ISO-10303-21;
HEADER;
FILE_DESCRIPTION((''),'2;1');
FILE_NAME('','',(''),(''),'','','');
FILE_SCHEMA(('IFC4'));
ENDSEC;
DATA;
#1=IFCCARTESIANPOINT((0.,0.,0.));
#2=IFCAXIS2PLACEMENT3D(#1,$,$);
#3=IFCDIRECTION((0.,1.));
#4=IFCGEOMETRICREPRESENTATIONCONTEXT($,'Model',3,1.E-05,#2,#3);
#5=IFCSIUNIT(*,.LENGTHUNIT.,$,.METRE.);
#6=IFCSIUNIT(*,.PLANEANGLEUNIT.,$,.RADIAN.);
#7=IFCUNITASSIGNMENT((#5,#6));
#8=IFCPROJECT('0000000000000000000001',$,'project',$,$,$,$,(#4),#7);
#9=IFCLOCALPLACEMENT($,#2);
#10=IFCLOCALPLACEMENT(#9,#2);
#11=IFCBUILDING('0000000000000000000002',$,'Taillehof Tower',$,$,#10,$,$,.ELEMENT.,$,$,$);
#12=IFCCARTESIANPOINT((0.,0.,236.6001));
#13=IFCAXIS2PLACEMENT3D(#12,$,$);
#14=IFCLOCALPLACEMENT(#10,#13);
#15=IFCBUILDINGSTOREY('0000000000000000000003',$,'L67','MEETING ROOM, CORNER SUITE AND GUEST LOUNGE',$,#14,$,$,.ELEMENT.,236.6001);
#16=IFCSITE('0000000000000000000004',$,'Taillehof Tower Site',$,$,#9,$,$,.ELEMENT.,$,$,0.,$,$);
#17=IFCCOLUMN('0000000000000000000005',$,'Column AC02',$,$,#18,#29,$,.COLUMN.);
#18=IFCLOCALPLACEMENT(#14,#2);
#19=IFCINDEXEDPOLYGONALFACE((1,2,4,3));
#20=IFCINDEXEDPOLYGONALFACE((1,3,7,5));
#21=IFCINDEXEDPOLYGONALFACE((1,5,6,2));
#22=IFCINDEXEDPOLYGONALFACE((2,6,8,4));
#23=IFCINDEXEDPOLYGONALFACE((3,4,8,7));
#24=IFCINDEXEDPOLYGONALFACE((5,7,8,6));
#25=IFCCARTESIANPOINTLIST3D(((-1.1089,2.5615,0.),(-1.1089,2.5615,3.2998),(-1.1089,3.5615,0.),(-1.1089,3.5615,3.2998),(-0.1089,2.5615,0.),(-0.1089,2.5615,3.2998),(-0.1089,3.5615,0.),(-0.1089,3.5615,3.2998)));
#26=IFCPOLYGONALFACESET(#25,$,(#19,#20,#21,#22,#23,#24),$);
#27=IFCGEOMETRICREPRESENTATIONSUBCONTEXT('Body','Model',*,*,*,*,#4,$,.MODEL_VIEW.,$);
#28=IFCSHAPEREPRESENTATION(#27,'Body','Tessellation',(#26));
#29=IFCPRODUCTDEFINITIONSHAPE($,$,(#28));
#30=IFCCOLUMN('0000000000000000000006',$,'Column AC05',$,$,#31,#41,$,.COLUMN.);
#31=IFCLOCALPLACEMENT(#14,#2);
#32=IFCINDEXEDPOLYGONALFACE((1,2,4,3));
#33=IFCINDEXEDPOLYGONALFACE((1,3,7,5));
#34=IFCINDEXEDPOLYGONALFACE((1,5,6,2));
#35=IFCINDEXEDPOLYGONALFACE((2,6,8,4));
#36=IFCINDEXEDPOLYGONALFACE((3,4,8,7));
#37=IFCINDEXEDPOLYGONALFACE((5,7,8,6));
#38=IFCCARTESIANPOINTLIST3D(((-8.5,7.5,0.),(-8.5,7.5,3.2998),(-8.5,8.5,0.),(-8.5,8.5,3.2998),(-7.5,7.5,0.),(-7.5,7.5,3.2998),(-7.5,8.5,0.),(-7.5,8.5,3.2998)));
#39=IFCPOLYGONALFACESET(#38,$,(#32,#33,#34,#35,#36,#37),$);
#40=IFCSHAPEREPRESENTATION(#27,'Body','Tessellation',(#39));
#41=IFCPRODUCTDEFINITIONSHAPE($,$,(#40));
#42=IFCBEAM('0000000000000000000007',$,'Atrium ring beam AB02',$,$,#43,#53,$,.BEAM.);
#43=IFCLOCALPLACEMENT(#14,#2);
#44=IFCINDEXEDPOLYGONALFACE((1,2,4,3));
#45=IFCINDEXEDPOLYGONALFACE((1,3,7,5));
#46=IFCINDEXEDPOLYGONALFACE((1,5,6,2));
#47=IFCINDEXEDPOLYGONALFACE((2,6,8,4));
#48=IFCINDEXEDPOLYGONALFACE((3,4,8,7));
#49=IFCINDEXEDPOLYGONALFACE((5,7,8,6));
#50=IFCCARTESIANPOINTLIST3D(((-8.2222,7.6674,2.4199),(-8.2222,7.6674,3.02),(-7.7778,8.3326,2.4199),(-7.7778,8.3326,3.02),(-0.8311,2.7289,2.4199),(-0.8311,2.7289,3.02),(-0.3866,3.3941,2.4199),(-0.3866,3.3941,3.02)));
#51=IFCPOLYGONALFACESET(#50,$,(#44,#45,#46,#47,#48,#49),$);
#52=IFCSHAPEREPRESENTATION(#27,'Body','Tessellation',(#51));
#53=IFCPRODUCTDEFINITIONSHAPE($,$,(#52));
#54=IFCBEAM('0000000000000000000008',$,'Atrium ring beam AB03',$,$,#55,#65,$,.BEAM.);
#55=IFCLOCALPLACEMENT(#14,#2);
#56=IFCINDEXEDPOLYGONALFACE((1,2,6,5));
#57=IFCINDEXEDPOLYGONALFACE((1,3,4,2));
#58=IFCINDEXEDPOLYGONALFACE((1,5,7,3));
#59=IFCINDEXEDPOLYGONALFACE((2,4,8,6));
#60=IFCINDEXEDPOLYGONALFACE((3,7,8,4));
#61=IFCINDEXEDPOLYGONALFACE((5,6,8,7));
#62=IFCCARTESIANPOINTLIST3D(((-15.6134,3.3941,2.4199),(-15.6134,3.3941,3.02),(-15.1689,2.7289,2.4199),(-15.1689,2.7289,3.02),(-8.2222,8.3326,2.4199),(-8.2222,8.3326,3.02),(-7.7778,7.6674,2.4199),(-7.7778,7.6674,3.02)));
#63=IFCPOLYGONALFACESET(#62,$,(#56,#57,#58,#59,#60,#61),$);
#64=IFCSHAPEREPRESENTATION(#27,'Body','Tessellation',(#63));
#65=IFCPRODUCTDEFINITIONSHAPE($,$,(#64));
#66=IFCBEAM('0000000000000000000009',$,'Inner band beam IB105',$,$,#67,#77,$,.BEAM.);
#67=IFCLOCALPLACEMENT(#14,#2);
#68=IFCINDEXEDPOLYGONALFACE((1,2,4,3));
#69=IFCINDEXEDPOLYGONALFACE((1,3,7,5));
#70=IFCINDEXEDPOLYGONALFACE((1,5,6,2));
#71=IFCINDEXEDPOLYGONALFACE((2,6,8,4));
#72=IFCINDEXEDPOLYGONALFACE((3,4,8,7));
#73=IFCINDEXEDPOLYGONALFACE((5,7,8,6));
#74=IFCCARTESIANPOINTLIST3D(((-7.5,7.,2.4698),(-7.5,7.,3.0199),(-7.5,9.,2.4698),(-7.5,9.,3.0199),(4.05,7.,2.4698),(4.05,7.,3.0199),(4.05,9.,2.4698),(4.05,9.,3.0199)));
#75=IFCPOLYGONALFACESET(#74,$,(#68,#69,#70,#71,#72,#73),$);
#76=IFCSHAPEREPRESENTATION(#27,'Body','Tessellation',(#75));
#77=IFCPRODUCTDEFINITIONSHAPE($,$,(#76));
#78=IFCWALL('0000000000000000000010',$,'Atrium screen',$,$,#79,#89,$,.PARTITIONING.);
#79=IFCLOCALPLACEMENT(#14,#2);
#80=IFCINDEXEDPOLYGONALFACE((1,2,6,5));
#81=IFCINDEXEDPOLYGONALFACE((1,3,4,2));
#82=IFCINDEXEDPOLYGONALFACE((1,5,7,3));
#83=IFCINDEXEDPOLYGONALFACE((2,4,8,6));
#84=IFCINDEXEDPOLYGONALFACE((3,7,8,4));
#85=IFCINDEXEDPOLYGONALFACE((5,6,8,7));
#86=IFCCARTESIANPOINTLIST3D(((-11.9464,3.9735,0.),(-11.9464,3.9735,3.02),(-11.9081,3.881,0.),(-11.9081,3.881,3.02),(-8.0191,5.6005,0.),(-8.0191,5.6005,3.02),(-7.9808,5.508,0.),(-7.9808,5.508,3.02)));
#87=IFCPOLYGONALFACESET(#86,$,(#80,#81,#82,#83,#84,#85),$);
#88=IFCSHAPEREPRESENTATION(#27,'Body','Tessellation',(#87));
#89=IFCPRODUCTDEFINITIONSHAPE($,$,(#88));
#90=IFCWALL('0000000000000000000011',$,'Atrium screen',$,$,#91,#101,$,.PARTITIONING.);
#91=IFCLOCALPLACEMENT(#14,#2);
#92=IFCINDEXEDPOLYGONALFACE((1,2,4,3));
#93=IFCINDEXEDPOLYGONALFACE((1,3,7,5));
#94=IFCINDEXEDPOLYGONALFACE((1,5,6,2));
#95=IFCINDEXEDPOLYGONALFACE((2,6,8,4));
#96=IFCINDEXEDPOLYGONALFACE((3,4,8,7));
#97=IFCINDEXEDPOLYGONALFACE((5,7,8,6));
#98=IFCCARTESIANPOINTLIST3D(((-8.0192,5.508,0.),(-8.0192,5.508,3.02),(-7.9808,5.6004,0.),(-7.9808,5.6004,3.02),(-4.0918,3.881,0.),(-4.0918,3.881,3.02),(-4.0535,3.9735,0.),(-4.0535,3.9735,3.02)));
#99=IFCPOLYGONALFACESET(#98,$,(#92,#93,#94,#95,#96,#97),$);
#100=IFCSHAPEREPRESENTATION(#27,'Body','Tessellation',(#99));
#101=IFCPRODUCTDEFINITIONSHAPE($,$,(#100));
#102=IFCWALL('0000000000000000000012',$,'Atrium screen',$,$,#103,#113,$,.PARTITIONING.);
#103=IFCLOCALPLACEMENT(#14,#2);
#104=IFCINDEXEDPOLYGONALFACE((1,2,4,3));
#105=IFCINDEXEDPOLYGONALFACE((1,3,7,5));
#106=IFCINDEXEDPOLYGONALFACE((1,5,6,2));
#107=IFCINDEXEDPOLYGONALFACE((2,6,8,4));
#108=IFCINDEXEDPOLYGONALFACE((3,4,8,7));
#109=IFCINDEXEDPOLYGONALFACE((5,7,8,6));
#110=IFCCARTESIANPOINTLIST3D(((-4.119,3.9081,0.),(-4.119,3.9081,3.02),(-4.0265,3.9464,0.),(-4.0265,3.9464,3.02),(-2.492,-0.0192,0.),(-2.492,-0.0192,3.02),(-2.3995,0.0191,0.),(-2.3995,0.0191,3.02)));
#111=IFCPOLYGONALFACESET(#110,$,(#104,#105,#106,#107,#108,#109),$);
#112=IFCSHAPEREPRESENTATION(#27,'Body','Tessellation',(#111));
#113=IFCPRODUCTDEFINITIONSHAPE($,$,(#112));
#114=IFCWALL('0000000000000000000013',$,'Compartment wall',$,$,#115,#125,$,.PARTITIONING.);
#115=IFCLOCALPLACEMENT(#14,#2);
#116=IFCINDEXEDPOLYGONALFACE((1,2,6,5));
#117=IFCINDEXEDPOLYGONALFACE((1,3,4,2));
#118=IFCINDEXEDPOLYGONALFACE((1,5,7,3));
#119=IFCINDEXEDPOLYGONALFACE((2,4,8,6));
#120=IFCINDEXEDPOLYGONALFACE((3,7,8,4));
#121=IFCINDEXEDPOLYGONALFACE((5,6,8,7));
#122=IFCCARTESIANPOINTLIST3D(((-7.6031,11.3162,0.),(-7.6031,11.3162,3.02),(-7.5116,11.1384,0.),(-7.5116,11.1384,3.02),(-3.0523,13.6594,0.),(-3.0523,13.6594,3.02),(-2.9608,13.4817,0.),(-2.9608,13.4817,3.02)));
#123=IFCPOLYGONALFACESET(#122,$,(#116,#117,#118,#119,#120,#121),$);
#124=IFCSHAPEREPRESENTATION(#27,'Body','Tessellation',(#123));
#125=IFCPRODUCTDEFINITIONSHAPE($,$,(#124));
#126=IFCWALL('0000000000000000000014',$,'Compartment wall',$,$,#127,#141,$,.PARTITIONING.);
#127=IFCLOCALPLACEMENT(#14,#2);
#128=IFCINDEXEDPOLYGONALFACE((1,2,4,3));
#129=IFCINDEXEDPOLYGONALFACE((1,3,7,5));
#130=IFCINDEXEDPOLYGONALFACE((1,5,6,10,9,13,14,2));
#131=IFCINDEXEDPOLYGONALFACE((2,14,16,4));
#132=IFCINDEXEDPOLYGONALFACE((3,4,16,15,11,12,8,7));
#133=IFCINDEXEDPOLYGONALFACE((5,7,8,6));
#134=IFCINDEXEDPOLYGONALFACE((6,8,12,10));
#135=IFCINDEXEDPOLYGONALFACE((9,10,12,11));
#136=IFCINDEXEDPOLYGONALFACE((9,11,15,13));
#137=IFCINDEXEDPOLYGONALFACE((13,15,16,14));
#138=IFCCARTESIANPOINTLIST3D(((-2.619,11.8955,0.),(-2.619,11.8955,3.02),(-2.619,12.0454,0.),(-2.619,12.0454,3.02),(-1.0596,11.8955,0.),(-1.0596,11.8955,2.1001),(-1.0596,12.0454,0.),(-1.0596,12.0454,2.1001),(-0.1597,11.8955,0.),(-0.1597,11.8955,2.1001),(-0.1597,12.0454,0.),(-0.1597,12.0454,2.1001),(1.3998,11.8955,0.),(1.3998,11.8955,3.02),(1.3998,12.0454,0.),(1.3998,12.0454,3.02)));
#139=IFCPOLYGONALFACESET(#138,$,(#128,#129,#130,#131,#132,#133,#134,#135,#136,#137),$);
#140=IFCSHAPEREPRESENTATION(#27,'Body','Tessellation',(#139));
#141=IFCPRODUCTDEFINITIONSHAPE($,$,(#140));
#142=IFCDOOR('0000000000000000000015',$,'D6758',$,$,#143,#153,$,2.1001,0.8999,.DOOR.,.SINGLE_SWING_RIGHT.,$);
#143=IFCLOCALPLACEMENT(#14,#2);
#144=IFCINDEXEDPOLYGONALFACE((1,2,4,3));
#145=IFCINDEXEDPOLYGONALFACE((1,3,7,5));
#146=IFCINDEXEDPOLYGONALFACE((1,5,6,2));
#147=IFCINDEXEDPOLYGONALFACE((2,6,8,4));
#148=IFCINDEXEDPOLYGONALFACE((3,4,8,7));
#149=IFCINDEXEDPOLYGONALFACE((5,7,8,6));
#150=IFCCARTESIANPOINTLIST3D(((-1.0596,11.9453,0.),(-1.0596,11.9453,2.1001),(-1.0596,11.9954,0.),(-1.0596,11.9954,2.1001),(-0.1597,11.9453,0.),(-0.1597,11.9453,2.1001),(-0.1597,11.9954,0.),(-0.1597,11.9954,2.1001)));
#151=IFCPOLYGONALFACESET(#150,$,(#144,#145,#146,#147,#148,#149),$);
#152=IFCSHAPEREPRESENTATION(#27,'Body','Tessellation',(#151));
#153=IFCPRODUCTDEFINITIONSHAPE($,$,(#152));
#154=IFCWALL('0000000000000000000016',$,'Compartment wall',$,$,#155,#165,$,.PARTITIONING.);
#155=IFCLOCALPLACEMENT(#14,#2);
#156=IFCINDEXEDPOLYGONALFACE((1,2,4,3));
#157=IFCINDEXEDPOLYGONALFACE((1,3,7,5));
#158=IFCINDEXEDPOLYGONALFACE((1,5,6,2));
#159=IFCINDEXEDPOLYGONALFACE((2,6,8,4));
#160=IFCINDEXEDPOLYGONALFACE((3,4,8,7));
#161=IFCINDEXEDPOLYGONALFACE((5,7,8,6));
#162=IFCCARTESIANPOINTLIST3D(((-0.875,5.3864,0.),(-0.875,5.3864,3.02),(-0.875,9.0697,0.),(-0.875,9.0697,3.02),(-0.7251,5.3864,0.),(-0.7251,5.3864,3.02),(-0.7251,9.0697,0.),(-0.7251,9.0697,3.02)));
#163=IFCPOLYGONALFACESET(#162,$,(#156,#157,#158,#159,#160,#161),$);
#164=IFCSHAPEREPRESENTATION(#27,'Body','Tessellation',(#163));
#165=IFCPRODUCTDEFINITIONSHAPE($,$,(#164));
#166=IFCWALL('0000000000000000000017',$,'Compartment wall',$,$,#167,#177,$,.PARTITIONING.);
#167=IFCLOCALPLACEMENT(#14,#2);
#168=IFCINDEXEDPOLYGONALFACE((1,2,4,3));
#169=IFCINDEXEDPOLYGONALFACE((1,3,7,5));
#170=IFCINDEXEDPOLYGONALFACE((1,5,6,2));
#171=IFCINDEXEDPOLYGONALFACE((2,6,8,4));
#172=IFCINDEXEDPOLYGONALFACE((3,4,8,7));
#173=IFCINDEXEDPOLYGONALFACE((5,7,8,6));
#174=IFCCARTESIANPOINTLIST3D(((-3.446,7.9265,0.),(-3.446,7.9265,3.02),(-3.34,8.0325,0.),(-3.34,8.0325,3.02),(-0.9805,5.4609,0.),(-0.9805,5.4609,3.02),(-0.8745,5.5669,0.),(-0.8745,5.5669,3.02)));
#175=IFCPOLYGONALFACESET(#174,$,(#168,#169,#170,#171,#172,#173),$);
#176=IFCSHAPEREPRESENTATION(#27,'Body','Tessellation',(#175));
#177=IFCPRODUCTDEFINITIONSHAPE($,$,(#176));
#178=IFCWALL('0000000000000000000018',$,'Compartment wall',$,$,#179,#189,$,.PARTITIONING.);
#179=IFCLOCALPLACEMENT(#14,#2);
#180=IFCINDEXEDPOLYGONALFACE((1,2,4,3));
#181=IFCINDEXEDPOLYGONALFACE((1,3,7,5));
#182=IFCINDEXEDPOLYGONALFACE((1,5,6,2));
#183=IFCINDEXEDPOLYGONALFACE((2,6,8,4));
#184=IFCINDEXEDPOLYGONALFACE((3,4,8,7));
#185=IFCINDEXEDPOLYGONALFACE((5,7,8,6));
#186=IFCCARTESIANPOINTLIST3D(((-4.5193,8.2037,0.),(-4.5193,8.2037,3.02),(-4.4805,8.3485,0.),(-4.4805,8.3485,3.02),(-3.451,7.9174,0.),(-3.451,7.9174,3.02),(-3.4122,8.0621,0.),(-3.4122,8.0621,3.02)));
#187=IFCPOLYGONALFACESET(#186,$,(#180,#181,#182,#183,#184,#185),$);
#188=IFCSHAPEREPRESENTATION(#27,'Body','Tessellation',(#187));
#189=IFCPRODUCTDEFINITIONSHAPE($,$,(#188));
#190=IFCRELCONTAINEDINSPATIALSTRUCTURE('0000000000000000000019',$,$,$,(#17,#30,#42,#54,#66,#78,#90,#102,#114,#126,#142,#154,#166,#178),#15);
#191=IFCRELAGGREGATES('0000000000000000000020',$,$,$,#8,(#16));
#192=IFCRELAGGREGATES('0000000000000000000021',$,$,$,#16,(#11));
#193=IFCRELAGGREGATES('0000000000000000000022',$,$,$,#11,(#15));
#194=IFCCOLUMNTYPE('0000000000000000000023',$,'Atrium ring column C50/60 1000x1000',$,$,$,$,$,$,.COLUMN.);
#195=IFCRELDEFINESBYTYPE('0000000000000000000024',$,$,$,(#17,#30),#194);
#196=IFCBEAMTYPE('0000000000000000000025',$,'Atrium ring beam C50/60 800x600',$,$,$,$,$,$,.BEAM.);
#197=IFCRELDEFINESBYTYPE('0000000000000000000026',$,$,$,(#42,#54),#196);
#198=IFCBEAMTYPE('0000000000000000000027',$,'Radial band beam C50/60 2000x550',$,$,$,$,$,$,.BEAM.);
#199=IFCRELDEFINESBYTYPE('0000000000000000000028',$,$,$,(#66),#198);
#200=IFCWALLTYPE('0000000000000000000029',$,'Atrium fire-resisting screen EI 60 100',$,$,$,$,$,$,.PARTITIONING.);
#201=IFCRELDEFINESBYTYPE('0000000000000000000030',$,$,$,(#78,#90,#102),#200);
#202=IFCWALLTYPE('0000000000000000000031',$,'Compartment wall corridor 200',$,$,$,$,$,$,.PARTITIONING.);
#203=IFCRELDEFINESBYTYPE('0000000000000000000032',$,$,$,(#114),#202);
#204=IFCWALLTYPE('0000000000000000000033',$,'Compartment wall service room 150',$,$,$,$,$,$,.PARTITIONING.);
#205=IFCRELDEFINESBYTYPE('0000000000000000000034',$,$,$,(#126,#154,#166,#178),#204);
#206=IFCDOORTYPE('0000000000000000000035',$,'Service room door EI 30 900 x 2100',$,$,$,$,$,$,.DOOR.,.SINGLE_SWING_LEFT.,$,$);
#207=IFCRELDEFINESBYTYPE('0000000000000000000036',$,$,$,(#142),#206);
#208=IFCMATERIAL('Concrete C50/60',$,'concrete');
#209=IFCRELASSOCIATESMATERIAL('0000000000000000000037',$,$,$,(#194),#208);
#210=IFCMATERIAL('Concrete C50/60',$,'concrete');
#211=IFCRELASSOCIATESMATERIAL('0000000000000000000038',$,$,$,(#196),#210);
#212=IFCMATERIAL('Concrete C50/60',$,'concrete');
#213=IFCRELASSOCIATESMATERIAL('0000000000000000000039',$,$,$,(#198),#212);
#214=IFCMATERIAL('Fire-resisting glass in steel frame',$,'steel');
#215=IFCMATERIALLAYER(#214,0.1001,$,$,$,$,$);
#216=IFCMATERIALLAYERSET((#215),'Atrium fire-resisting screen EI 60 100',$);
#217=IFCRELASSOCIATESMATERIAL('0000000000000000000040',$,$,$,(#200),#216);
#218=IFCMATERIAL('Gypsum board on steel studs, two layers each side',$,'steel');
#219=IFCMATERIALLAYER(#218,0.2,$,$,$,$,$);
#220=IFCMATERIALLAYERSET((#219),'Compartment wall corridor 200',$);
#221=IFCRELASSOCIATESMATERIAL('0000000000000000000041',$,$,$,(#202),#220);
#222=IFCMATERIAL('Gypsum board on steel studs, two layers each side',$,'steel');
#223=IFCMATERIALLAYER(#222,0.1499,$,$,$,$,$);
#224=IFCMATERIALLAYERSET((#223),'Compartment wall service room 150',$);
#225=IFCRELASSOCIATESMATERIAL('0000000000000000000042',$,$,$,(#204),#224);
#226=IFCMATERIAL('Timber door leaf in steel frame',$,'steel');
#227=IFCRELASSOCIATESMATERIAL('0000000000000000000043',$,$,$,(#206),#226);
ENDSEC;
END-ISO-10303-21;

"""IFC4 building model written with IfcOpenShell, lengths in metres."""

from ifc_helpers import new_model, si_unit, direction, frame, frame_2d, origin, origin_2d, place, context, subcontext, project, spatial, rectangle, extrude, material, layer, layer_set, material_profile, profile_set, type_object, element, fill, save


model = new_model("IFC4")

# Units and contexts
model_context = context("Model", 3, precision=1e-05, world=origin(), true_north=direction((0.0, 1.0)))
body_context = subcontext(model_context, "Body", "Model", "MODEL_VIEW")
ifc_project = project(units=[si_unit("LENGTHUNIT", "METRE"), si_unit("PLANEANGLEUNIT", "RADIAN")], contexts=[model_context])

# Site, building, storey
site_placement = place(None, origin())
site = spatial("IfcSite", under=ifc_project, at=site_placement, Name="Taillehof Tower Site", CompositionType="ELEMENT", RefElevation=0.0)
building_placement = place(site_placement, origin())
building = spatial("IfcBuilding", under=site, at=building_placement, Name="Taillehof Tower", CompositionType="ELEMENT")
storey_placement = place(building_placement, frame((0.0, 0.0, 236.6001)))
storey = spatial("IfcBuildingStorey", under=building, at=storey_placement, Name="L67", Description="MEETING ROOM, CORNER SUITE AND GUEST LOUNGE", CompositionType="ELEMENT", Elevation=236.6001)

# Columns
ifc_material_1 = material(Name="Concrete C50/60", Category="concrete")
ifc_material_profile_1 = material_profile(ifc_material_1, rectangle(XDim=1.0, YDim=1.0, at=origin_2d()), Name="RC 1000x1000")
ifc_profile_set_1 = profile_set([ifc_material_profile_1], Name="Concrete C50/60")
column_type = type_object("IfcColumnType", Name="Atrium ring column C50/60 1000x1000", PredefinedType="COLUMN", material=ifc_profile_set_1)
for number, where, z_axis, x_axis, name in (
    (1, (-0.6089, 3.0615, 0.0), (0.0, 0.0, 1.0), (1.0, 0.0, 0.0), "Column AC02"),
    (2, (-8.0, 8.0, 0.0), (0.0, 0.0, 1.0), (1.0, 0.0, 0.0), "Column AC05"),
):
    element("IfcColumn", number, at=place(storey_placement, frame(where, z_axis=z_axis, x_axis=x_axis)), inside=storey, type_object=column_type, Name=name, PredefinedType="COLUMN", context=body_context, shape_type="SweptSolid", body=[
        extrude(rectangle(XDim=1.0, YDim=1.0, at=origin_2d()), origin(), (0.0, 0.0, 1.0), 3.2998),
    ])

# Beams
ifc_material_2 = material(Name="Concrete C50/60", Category="concrete")
ifc_material_profile_2 = material_profile(ifc_material_2, rectangle(XDim=0.8, YDim=0.6001, at=origin_2d()), Name="RC 800x600")
ifc_profile_set_2 = profile_set([ifc_material_profile_2], Name="Concrete C50/60")
beam_type_1 = type_object("IfcBeamType", Name="Atrium ring beam C50/60 800x600", PredefinedType="BEAM", material=ifc_profile_set_2)
for number, where, z_axis, x_axis, name in (
    (3, (-0.6089, 3.0615, 2.72), (-0.831475, 0.555562, 0.0), (-0.555562, -0.831475, 0.0), "Atrium ring beam AB02"),
    (4, (-8.0, 8.0, 2.72), (-0.831475, -0.555562, 0.0), (0.555562, -0.831475, 0.0), "Atrium ring beam AB03"),
):
    element("IfcBeam", number, at=place(storey_placement, frame(where, z_axis=z_axis, x_axis=x_axis)), inside=storey, type_object=beam_type_1, Name=name, PredefinedType="BEAM", context=body_context, shape_type="SweptSolid", body=[
        extrude(rectangle(XDim=0.8, YDim=0.6001, at=origin_2d()), origin(), (0.0, 0.0, 1.0), 8.8892),
    ])
ifc_material_3 = material(Name="Concrete C50/60", Category="concrete")
ifc_material_profile_3 = material_profile(ifc_material_3, rectangle(XDim=2.0, YDim=0.55, at=origin_2d()), Name="RC 2000x550")
ifc_profile_set_3 = profile_set([ifc_material_profile_3], Name="Concrete C50/60")
beam_type_2 = type_object("IfcBeamType", Name="Radial band beam C50/60 2000x550", PredefinedType="BEAM", material=ifc_profile_set_3)
beam_placement = place(storey_placement, frame((-7.5, 8.0, 2.7449), z_axis=(1.0, 0.0, 0.0), x_axis=(0.0, 1.0, 0.0)))
element("IfcBeam", 5, at=beam_placement, inside=storey, type_object=beam_type_2, Name="Inner band beam IB105", PredefinedType="BEAM", context=body_context, shape_type="SweptSolid", body=[
    extrude(rectangle(XDim=2.0, YDim=0.55, at=origin_2d()), origin(), (0.0, 0.0, 1.0), 11.55),
])

# Walls
ifc_material_4 = material(Name="Fire-resisting glass in steel frame", Category="steel")
ifc_layer_1 = layer(ifc_material_4, 0.1001)
ifc_layer_set_1 = layer_set([ifc_layer_1], Name="Atrium fire-resisting screen EI 60 100")
wall_type_1 = type_object("IfcWallType", Name="Atrium fire-resisting screen EI 60 100", PredefinedType="PARTITIONING", material=ifc_layer_set_1)
for number, where, z_axis, x_axis, name in (
    (6, (-11.9272, 3.9272, 0.0), (0.0, 0.0, 1.0), (0.92386, 0.382731, 0.0), "Atrium screen"),
    (7, (-8.0, 5.5542, 0.0), (0.0, 0.0, 1.0), (0.92386, -0.382731, 0.0), "Atrium screen"),
    (8, (-4.0728, 3.9272, 0.0), (0.0, 0.0, 1.0), (0.382731, -0.92386, 0.0), "Atrium screen"),
):
    element("IfcWall", number, at=place(storey_placement, frame(where, z_axis=z_axis, x_axis=x_axis)), inside=storey, type_object=wall_type_1, Name=name, PredefinedType="PARTITIONING", context=body_context, shape_type="SweptSolid", body=[
        extrude(rectangle(XDim=4.251, YDim=0.1001, at=frame_2d((2.1255, 0.0))), origin(), (0.0, 0.0, 1.0), 3.02),
    ])
ifc_material_5 = material(Name="Gypsum board on steel studs, two layers each side", Category="steel")
ifc_layer_2 = layer(ifc_material_5, 0.2)
ifc_layer_set_2 = layer_set([ifc_layer_2], Name="Compartment wall corridor 200")
wall_type_2 = type_object("IfcWallType", Name="Compartment wall corridor 200", PredefinedType="PARTITIONING", material=ifc_layer_set_2)
wall_1_placement = place(storey_placement, frame((-7.5574, 11.2273, 0.0), z_axis=(0.0, 0.0, 1.0), x_axis=(0.88906, 0.45779, 0.0)))
element("IfcWall", 9, at=wall_1_placement, inside=storey, type_object=wall_type_2, Name="Compartment wall", PredefinedType="PARTITIONING", context=body_context, shape_type="SweptSolid", body=[
    extrude(rectangle(XDim=5.1187, YDim=0.2, at=frame_2d((2.5593, 0.0))), origin(), (0.0, 0.0, 1.0), 3.02),
])

# Wall, opening, door
ifc_material_6 = material(Name="Gypsum board on steel studs, two layers each side", Category="steel")
ifc_layer_3 = layer(ifc_material_6, 0.1499)
ifc_layer_set_3 = layer_set([ifc_layer_3], Name="Compartment wall service room 150")
wall_type_3 = type_object("IfcWallType", Name="Compartment wall service room 150", PredefinedType="PARTITIONING", material=ifc_layer_set_3)
wall_2_placement = place(storey_placement, frame((-2.6189, 11.9705, 0.0), z_axis=(0.0, 0.0, 1.0), x_axis=(1.0, 0.0, 0.0)))
wall_2 = element("IfcWall", 10, at=wall_2_placement, inside=storey, type_object=wall_type_3, Name="Compartment wall", PredefinedType="PARTITIONING", context=body_context, shape_type="SweptSolid", body=[
    extrude(rectangle(XDim=4.0188, YDim=0.1499, at=frame_2d((2.0093, 0.0))), origin(), (0.0, 0.0, 1.0), 3.02),
])
opening_1_placement = place(wall_2_placement, frame((1.5593, 0.0, 0.0)))
opening_1 = element("IfcOpeningElement", 11, at=opening_1_placement, cuts=wall_2, PredefinedType="OPENING", context=body_context, shape_type="SweptSolid", body=[
    extrude(rectangle(XDim=0.8999, YDim=2.1001, at=frame_2d((0.45, 1.05))), frame((0.0, 0.085, 0.0), z_axis=(0.0, -1.0, 0.0), x_axis=(1.0, 0.0, 0.0)), (0.0, 0.0, 1.0), 0.1699),
])
ifc_material_7 = material(Name="Timber door leaf in steel frame", Category="steel")
door_type_1 = type_object("IfcDoorType", Name="Service room door EI 30 900 x 2100", OperationType="SINGLE_SWING_LEFT", PredefinedType="DOOR", material=ifc_material_7)
door_1_placement = place(opening_1_placement, origin())
door_1 = element("IfcDoor", 12, at=door_1_placement, inside=storey, type_object=door_type_1, Name="D6758", OperationType="SINGLE_SWING_RIGHT", OverallHeight=2.1001, OverallWidth=0.8999, PredefinedType="DOOR", context=body_context, shape_type="SweptSolid", body=[
    extrude(rectangle(XDim=0.8999, YDim=2.1001, at=frame_2d((0.45, 1.05))), frame((0.0, 0.0249, 0.0), z_axis=(0.0, -1.0, 0.0), x_axis=(1.0, 0.0, 0.0)), (0.0, 0.0, 1.0), 0.05),
])
fill(opening_1, door_1)

# Walls
wall_3_placement = place(storey_placement, frame((-0.8, 9.0698, 0.0), z_axis=(0.0, 0.0, 1.0), x_axis=(0.0, -1.0, 0.0)))
element("IfcWall", 13, at=wall_3_placement, inside=storey, type_object=wall_type_3, Name="Compartment wall", PredefinedType="PARTITIONING", context=body_context, shape_type="SweptSolid", body=[
    extrude(rectangle(XDim=3.6833, YDim=0.1499, at=frame_2d((1.8418, 0.0))), origin(), (0.0, 0.0, 1.0), 3.02),
])
wall_4_placement = place(storey_placement, frame((-0.9275, 5.5139, 0.0), z_axis=(0.0, 0.0, 1.0), x_axis=(-0.707107, 0.707107, 0.0)))
element("IfcWall", 14, at=wall_4_placement, inside=storey, type_object=wall_type_3, Name="Compartment wall", PredefinedType="PARTITIONING", context=body_context, shape_type="SweptSolid", body=[
    extrude(rectangle(XDim=3.4868, YDim=0.1499, at=frame_2d((1.7434, 0.0))), origin(), (0.0, 0.0, 1.0), 3.02),
])
wall_5_placement = place(storey_placement, frame((-3.4316, 7.9897, 0.0), z_axis=(0.0, 0.0, 1.0), x_axis=(-0.965901, 0.258913, 0.0)))
element("IfcWall", 15, at=wall_5_placement, inside=storey, type_object=wall_type_3, Name="Compartment wall", PredefinedType="PARTITIONING", context=body_context, shape_type="SweptSolid", body=[
    extrude(rectangle(XDim=1.106, YDim=0.1499, at=frame_2d((0.553, 0.0))), origin(), (0.0, 0.0, 1.0), 3.02),
])

save(model, "model.ifc")
